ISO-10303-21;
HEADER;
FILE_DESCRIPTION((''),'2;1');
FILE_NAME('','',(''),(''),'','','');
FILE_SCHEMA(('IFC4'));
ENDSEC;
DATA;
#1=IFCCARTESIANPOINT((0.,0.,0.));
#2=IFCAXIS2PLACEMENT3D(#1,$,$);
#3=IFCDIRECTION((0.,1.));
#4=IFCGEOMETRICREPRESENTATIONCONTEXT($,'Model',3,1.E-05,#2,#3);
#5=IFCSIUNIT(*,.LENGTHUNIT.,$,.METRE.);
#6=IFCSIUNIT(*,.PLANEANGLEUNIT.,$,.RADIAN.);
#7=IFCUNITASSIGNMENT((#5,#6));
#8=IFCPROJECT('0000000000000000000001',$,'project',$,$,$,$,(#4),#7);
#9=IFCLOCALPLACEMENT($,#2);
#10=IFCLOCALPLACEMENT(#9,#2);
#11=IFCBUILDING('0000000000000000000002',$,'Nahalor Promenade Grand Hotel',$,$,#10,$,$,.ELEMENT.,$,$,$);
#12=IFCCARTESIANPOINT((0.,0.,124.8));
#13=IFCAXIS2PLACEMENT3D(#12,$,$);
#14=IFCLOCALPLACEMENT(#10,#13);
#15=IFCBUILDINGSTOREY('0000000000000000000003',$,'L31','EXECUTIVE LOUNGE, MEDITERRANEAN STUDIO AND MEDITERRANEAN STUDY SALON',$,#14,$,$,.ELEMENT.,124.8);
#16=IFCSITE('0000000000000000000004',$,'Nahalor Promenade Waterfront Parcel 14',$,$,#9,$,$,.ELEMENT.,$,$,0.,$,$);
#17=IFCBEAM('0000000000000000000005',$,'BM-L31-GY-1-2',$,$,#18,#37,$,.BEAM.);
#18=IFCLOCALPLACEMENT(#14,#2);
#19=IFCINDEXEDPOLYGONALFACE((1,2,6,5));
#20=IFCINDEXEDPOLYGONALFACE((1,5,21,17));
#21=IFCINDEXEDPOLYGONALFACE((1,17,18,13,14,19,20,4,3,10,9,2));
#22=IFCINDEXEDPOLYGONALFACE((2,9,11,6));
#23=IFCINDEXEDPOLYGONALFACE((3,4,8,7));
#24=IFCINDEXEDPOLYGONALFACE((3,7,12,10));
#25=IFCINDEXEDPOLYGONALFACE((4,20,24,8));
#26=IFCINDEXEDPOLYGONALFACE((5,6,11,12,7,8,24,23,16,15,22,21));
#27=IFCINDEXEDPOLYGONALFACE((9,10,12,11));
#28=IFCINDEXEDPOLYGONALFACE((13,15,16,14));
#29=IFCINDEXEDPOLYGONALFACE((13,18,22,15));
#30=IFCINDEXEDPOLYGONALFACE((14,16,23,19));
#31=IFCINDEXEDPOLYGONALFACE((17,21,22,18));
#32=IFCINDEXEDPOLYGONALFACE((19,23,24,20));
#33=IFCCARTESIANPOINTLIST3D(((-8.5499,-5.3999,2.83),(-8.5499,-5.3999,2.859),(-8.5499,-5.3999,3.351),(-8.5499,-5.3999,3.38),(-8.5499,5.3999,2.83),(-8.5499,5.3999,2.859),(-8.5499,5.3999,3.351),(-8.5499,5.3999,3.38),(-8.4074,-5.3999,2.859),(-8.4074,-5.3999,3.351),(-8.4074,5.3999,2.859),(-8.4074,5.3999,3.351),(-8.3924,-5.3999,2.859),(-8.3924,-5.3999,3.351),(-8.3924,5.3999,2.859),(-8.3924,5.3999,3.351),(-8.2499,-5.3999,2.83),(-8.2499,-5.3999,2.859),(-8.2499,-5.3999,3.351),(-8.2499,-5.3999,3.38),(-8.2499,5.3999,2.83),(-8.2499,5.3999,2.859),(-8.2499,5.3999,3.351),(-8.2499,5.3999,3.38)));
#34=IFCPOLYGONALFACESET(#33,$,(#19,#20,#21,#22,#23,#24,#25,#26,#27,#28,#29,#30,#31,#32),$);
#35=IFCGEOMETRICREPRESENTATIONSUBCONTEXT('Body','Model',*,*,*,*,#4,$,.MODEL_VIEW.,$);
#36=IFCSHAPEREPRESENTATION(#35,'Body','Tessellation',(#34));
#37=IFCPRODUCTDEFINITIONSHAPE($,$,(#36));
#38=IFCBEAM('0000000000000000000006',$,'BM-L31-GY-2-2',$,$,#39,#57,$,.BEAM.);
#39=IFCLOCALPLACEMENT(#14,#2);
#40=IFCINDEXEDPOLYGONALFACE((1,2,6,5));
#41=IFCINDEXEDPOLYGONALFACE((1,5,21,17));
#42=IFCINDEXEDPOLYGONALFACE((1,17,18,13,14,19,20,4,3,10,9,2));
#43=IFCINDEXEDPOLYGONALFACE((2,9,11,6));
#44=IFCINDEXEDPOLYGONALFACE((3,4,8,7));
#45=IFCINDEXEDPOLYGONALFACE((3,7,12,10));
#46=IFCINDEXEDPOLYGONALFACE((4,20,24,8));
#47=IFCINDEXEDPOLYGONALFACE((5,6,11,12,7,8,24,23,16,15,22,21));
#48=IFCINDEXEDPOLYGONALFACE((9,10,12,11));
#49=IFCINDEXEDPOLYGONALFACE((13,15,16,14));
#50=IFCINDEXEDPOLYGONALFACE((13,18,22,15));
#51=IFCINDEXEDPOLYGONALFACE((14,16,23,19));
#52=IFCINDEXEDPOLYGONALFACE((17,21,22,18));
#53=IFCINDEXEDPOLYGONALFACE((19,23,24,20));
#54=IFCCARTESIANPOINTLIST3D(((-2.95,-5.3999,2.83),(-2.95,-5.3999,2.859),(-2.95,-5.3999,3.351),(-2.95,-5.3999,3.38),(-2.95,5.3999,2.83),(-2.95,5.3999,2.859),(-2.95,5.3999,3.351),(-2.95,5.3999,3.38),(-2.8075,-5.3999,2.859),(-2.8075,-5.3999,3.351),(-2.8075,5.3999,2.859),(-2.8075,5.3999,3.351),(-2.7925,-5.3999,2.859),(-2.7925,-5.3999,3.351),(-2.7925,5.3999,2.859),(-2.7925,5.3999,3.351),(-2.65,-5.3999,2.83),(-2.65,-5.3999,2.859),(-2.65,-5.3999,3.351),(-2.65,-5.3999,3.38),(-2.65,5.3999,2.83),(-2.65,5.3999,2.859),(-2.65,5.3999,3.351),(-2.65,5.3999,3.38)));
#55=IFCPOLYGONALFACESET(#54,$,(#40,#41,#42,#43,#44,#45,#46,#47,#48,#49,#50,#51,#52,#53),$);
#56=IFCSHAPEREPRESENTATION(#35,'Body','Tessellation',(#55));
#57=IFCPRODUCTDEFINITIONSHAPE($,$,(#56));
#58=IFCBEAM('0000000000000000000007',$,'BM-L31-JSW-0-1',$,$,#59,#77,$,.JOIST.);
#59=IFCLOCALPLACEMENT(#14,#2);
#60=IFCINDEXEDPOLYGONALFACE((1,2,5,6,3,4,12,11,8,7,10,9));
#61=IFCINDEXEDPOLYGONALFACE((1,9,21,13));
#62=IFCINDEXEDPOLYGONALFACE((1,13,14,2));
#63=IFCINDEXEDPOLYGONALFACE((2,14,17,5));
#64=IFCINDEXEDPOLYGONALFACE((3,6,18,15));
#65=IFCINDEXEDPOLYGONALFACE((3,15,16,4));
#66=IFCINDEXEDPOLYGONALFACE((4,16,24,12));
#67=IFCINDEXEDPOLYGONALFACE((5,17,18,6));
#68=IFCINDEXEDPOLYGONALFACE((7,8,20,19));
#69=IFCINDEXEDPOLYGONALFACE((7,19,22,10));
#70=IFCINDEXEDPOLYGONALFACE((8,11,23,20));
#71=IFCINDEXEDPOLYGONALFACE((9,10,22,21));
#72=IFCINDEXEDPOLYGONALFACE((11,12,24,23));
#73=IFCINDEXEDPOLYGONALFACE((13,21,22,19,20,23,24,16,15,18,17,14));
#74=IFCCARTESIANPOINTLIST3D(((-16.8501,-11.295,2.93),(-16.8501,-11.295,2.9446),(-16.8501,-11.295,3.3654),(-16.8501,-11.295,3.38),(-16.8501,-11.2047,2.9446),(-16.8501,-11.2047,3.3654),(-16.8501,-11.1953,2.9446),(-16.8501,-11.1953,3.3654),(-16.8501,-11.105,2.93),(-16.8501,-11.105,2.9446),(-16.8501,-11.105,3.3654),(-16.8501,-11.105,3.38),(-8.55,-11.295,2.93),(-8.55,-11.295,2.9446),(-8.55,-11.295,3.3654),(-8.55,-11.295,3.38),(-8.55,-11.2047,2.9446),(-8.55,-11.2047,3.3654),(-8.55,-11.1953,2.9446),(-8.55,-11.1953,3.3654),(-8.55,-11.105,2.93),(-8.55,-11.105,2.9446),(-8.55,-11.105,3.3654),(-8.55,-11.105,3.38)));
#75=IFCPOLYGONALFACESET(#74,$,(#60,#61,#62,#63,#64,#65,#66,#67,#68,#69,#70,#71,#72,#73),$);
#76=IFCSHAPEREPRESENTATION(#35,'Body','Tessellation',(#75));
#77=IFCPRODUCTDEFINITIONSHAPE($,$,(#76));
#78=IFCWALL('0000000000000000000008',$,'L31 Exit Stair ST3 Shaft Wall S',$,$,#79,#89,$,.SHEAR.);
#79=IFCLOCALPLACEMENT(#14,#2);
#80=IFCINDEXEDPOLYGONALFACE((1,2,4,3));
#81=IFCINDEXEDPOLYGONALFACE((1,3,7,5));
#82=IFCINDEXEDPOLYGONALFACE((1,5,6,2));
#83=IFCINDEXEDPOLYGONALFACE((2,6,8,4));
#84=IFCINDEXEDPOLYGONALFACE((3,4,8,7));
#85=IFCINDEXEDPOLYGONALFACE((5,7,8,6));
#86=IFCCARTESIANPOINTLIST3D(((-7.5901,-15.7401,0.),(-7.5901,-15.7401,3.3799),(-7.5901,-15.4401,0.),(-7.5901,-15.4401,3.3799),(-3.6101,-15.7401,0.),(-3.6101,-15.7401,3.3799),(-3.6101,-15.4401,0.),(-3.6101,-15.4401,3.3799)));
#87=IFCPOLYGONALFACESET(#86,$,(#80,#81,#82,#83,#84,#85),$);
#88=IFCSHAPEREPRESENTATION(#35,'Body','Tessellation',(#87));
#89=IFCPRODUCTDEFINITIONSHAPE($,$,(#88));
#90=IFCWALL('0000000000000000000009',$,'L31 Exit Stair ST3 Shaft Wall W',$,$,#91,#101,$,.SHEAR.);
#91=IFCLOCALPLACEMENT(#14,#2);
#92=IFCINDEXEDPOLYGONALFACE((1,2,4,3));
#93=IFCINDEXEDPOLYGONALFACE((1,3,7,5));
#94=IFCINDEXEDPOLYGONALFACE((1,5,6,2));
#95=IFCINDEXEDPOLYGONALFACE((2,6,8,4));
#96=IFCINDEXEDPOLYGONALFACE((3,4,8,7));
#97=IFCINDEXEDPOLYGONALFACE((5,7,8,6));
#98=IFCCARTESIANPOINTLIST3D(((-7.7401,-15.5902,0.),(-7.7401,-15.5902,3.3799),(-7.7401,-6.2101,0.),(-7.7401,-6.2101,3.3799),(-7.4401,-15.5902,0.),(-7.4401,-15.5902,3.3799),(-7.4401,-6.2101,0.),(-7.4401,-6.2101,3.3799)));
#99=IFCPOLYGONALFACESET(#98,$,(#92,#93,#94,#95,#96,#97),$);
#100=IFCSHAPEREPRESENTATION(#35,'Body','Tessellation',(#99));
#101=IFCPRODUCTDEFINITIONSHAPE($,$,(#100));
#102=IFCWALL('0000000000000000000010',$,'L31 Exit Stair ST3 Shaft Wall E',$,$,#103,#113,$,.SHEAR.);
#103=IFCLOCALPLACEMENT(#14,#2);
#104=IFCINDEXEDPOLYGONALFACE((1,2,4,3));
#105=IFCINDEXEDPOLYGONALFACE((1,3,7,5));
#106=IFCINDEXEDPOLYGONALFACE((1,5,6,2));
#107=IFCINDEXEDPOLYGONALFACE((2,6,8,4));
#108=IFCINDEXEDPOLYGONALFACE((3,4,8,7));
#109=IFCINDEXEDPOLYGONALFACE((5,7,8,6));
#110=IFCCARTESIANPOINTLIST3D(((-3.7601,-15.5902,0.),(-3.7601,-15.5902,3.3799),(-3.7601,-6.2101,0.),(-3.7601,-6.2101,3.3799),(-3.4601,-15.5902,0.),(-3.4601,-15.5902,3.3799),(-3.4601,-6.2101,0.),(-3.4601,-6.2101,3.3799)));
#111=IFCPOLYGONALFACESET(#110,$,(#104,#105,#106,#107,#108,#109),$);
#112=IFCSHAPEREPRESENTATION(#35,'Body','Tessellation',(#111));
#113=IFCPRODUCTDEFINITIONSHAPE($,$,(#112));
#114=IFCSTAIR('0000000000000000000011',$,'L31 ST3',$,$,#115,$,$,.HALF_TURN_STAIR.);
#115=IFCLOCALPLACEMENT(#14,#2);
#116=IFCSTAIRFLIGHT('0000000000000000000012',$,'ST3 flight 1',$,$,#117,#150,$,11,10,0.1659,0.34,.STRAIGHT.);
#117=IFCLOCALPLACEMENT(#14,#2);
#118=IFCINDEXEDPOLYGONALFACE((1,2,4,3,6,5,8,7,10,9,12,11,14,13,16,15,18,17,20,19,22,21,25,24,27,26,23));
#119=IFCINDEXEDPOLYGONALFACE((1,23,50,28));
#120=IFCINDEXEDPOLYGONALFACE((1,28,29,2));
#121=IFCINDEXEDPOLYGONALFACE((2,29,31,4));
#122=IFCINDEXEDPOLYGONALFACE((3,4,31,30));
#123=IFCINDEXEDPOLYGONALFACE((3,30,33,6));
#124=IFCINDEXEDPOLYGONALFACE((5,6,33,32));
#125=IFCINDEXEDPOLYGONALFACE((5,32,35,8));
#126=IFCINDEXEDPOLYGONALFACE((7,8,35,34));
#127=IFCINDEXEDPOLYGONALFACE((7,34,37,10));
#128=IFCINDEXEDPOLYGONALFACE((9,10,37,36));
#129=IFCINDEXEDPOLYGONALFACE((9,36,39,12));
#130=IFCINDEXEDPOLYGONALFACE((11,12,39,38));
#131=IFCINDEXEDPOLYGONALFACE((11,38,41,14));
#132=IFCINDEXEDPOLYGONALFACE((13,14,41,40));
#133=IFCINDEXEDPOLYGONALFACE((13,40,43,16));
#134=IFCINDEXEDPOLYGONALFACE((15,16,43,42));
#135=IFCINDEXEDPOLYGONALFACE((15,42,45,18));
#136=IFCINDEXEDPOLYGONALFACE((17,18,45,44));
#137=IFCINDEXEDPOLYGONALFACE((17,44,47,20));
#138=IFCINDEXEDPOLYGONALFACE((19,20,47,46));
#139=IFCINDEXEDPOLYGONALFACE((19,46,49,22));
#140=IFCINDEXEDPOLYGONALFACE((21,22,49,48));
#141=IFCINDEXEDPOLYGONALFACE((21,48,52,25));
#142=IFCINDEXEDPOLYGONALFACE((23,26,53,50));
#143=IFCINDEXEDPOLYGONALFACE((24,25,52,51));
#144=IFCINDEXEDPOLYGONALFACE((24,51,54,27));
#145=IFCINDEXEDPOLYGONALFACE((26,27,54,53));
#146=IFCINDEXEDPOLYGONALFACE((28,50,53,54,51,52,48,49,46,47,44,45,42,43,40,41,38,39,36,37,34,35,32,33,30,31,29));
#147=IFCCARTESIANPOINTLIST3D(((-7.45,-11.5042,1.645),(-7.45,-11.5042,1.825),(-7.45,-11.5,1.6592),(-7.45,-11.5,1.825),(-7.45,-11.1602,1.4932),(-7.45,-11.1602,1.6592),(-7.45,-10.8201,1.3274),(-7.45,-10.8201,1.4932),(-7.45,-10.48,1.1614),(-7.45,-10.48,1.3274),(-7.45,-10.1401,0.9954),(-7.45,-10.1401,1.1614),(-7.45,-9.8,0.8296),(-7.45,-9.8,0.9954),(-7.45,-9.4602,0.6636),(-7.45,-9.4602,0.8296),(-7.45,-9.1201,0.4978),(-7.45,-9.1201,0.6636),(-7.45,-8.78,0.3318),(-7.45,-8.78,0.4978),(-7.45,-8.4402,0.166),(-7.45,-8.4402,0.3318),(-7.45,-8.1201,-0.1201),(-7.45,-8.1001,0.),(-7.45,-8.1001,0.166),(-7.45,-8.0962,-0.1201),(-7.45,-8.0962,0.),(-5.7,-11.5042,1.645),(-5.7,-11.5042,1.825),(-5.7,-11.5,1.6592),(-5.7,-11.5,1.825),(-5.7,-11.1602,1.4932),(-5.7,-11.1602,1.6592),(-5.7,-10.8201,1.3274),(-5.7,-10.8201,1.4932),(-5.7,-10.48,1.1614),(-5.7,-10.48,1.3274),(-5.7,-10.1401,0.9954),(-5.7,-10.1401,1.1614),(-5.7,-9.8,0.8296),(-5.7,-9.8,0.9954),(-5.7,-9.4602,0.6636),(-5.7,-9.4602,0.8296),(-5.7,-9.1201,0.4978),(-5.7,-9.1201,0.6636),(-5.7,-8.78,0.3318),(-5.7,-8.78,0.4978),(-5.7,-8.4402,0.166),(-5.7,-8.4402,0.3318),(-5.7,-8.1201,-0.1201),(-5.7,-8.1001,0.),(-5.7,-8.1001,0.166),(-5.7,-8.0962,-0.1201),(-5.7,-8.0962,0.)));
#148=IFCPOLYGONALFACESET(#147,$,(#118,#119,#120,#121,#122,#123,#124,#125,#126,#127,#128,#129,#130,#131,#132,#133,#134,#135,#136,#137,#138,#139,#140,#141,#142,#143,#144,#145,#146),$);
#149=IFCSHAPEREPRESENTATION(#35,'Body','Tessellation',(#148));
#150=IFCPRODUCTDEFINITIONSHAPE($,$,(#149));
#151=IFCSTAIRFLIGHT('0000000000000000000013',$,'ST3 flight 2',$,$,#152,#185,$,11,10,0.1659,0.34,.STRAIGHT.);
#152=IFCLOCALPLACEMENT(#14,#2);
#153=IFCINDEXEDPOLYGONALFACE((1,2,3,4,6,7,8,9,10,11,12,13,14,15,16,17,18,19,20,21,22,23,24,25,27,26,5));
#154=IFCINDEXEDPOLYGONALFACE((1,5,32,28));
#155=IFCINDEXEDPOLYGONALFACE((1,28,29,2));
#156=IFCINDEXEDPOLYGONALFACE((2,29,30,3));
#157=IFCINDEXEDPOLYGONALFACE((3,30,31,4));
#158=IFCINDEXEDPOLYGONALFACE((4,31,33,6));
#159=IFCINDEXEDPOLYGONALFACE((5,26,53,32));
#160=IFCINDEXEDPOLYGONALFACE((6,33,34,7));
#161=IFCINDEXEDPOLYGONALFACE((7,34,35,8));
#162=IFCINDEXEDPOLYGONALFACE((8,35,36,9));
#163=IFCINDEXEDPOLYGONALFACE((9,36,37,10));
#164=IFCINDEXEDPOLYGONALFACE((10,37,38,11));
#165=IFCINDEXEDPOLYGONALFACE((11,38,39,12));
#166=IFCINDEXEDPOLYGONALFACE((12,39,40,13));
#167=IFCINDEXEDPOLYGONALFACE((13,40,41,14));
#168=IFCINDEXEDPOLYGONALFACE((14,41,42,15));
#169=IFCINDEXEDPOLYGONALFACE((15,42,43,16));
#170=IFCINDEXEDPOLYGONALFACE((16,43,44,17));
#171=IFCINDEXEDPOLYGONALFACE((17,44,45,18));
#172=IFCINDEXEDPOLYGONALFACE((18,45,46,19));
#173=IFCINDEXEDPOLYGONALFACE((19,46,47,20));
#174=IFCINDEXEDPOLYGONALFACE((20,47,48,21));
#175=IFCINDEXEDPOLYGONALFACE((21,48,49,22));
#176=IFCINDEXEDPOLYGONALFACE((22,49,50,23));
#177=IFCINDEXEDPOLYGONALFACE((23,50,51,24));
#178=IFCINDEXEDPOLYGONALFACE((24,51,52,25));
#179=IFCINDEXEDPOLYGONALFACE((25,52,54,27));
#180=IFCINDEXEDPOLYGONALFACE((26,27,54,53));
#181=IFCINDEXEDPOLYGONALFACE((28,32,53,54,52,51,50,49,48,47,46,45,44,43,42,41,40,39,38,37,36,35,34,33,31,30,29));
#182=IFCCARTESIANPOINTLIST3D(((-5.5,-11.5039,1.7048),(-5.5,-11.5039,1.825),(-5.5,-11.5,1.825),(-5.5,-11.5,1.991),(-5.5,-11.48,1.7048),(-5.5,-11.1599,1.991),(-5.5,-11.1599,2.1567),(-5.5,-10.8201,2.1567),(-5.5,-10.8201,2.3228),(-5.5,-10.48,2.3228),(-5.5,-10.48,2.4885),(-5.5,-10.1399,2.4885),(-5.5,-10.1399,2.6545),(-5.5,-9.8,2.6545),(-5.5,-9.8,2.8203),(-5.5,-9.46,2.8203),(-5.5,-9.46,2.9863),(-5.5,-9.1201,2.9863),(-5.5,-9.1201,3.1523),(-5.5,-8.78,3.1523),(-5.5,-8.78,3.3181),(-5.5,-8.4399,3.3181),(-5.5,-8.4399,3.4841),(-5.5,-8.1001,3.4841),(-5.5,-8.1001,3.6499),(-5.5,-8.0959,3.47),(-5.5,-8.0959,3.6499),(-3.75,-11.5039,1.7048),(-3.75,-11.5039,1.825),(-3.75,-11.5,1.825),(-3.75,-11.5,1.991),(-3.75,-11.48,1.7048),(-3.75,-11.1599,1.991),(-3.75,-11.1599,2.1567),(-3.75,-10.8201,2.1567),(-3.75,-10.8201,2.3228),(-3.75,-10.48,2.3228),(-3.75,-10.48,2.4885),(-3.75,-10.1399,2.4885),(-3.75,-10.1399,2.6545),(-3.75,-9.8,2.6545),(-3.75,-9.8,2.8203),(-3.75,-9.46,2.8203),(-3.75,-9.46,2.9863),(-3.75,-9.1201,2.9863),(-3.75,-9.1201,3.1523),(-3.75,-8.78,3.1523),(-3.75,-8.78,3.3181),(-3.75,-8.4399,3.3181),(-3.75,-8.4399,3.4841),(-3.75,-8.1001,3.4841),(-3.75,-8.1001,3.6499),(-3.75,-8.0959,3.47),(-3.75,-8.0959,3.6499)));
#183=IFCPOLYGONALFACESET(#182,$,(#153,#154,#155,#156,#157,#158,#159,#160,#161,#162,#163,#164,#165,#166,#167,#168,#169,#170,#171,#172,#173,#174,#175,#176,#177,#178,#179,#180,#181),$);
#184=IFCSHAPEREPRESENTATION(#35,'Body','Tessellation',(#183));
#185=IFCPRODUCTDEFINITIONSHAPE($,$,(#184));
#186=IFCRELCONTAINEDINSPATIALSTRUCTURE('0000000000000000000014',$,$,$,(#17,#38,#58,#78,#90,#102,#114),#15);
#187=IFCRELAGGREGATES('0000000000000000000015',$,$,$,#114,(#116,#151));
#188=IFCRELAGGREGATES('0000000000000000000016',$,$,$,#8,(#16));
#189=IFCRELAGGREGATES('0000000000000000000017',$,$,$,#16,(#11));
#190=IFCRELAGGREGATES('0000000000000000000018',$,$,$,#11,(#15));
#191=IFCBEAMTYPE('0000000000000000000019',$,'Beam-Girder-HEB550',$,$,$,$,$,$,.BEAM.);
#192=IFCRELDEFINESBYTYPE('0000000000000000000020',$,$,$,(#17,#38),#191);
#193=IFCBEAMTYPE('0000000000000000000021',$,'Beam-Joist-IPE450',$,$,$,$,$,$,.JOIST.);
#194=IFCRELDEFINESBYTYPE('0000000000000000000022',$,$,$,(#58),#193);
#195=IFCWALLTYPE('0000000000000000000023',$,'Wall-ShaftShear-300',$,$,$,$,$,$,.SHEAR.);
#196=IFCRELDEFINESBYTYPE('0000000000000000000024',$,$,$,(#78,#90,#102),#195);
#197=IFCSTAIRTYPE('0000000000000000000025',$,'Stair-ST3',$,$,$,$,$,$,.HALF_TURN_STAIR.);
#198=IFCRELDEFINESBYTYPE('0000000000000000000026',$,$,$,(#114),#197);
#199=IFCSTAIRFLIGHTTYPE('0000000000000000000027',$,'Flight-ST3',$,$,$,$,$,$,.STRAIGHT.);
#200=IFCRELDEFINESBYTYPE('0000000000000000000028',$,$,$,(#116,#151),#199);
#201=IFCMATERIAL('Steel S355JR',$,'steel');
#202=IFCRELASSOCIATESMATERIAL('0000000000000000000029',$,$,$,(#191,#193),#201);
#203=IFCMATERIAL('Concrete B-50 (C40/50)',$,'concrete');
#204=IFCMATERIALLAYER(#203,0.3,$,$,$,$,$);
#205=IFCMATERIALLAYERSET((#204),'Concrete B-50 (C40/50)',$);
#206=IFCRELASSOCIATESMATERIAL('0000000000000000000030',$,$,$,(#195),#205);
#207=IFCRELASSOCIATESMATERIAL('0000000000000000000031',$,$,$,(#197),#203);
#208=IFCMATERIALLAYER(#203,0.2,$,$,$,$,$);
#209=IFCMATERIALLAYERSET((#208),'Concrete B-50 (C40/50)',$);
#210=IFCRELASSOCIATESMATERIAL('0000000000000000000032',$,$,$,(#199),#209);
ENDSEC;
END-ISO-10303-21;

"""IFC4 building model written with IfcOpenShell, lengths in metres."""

from ifc_helpers import new_model, si_unit, direction, frame, frame_2d, origin, origin_2d, place, context, subcontext, project, spatial, polyline, rectangle, i_section, outline, extrude, source, transform, mapped, material, layer, layer_set, material_profile, profile_set, type_object, element, aggregate, save


model = new_model("IFC4")

# Units and contexts
model_context = context("Model", 3, precision=1e-05, world=origin(), true_north=direction((0.0, 1.0)))
body_context = subcontext(model_context, "Body", "Model", "MODEL_VIEW")
ifc_project = project(units=[si_unit("LENGTHUNIT", "METRE"), si_unit("PLANEANGLEUNIT", "RADIAN")], contexts=[model_context])

# Site, building, storey
site_placement = place(None, origin())
site = spatial("IfcSite", under=ifc_project, at=site_placement, Name="Nahalor Promenade Waterfront Parcel 14", CompositionType="ELEMENT", RefElevation=0.0)
building_placement = place(site_placement, origin())
building = spatial("IfcBuilding", under=site, at=building_placement, Name="Nahalor Promenade Grand Hotel", CompositionType="ELEMENT")
storey_placement = place(building_placement, frame((0.0, 0.0, 124.8)))
storey = spatial("IfcBuildingStorey", under=building, at=storey_placement, Name="L31", Description="EXECUTIVE LOUNGE, MEDITERRANEAN STUDIO AND MEDITERRANEAN STUDY SALON", CompositionType="ELEMENT", Elevation=124.8)

# Beams
ifc_material_1 = material(Name="Steel S355JR", Category="steel")
ifc_material_profile_1 = material_profile(ifc_material_1, i_section(OverallWidth=0.3, OverallDepth=0.55, WebThickness=0.015, FlangeThickness=0.029, at=origin_2d()), Name="HEB 550")
ifc_profile_set_1 = profile_set([ifc_material_profile_1], Name="Steel S355JR")
beam_type_1 = type_object("IfcBeamType", Name="Beam-Girder-HEB550", PredefinedType="BEAM", material=ifc_profile_set_1)
shared_shape_1 = source(origin(), body_context, "Body", "SweptSolid", [
    extrude(i_section(OverallWidth=0.3, OverallDepth=0.55, WebThickness=0.015, FlangeThickness=0.029, at=origin_2d()), origin(), (0.0, 0.0, 1.0), 10.7998),
])
for number, where, z_axis, x_axis, name in (
    (1, (-8.3999, -5.3999, 3.105), (0.0, 1.0, 0.0), (-1.0, 0.0, 0.0), "BM-L31-GY-1-2"),
    (2, (-2.8, -5.3999, 3.105), (0.0, 1.0, 0.0), (-1.0, 0.0, 0.0), "BM-L31-GY-2-2"),
):
    element("IfcBeam", number, at=place(storey_placement, frame(where, z_axis=z_axis, x_axis=x_axis)), inside=storey, type_object=beam_type_1, Name=name, PredefinedType="BEAM", context=body_context, shape_type="MappedRepresentation", body=[
        mapped(shared_shape_1, transform((0.0, 0.0, 0.0), scale=1.0)),
    ])
ifc_material_profile_2 = material_profile(ifc_material_1, i_section(OverallWidth=0.19, OverallDepth=0.45, WebThickness=0.0094, FlangeThickness=0.0146, at=origin_2d()), Name="IPE 450")
ifc_profile_set_2 = profile_set([ifc_material_profile_2], Name="Steel S355JR")
beam_type_2 = type_object("IfcBeamType", Name="Beam-Joist-IPE450", PredefinedType="JOIST", material=ifc_profile_set_2)
shared_shape_2 = source(origin(), body_context, "Body", "SweptSolid", [
    extrude(i_section(OverallWidth=0.19, OverallDepth=0.45, WebThickness=0.0094, FlangeThickness=0.0146, at=origin_2d()), origin(), (0.0, 0.0, 1.0), 8.3),
])
beam_placement = place(storey_placement, frame((-16.8501, -11.2, 3.155), z_axis=(1.0, 0.0, 0.0), x_axis=(0.0, 1.0, 0.0)))
element("IfcBeam", 3, at=beam_placement, inside=storey, type_object=beam_type_2, Name="BM-L31-JSW-0-1", PredefinedType="JOIST", context=body_context, shape_type="MappedRepresentation", body=[
    mapped(shared_shape_2, transform((0.0, 0.0, 0.0), scale=1.0)),
])

# Wall
ifc_material_2 = material(Name="Concrete B-50 (C40/50)", Category="concrete")
ifc_layer_1 = layer(ifc_material_2, 0.3)
ifc_layer_set_1 = layer_set([ifc_layer_1], Name="Concrete B-50 (C40/50)")
wall_type = type_object("IfcWallType", Name="Wall-ShaftShear-300", PredefinedType="SHEAR", material=ifc_layer_set_1)
shared_shape_3 = source(origin(), body_context, "Body", "SweptSolid", [
    extrude(rectangle(XDim=3.98, YDim=0.3, at=frame_2d((1.99, 0.0))), origin(), (0.0, 0.0, 1.0), 3.3799),
])
wall_1_placement = place(storey_placement, frame((-7.5901, -15.5901, 0.0), z_axis=(0.0, 0.0, 1.0), x_axis=(1.0, 0.0, 0.0)))
element("IfcWall", 4, at=wall_1_placement, inside=storey, type_object=wall_type, Name="L31 Exit Stair ST3 Shaft Wall S", PredefinedType="SHEAR", context=body_context, shape_type="MappedRepresentation", body=[
    mapped(shared_shape_3, transform((0.0, 0.0, 0.0), scale=1.0)),
])

# Walls
shared_shape_4 = source(origin(), body_context, "Body", "SweptSolid", [
    extrude(rectangle(XDim=9.3801, YDim=0.3, at=frame_2d((4.6899, 0.0))), origin(), (0.0, 0.0, 1.0), 3.3799),
])
for number, where, z_axis, x_axis, name in (
    (5, (-7.5901, -15.5901, 0.0), (0.0, 0.0, 1.0), (0.0, 1.0, 0.0), "L31 Exit Stair ST3 Shaft Wall W"),
    (6, (-3.6101, -15.5901, 0.0), (0.0, 0.0, 1.0), (0.0, 1.0, 0.0), "L31 Exit Stair ST3 Shaft Wall E"),
):
    element("IfcWall", number, at=place(storey_placement, frame(where, z_axis=z_axis, x_axis=x_axis)), inside=storey, type_object=wall_type, Name=name, PredefinedType="SHEAR", context=body_context, shape_type="MappedRepresentation", body=[
        mapped(shared_shape_4, transform((0.0, 0.0, 0.0), scale=1.0)),
    ])

# Stair, stair flights
stair_type = type_object("IfcStairType", Name="Stair-ST3", PredefinedType="HALF_TURN_STAIR", material=ifc_material_2)
stair_placement = place(storey_placement, origin())
stair = element("IfcStair", 7, at=stair_placement, inside=storey, type_object=stair_type, Name="L31 ST3", PredefinedType="HALF_TURN_STAIR")
ifc_layer_2 = layer(ifc_material_2, 0.2)
ifc_layer_set_2 = layer_set([ifc_layer_2], Name="Concrete B-50 (C40/50)")
stair_flight_type = type_object("IfcStairFlightType", Name="Flight-ST3", PredefinedType="STRAIGHT", material=ifc_layer_set_2)
shared_shape_5 = source(origin(), body_context, "Body", "SweptSolid", [
    extrude(outline(polyline([(-0.0039, -0.1201), (-0.0039, 0.0), (0.0, 0.0), (0.0, 0.166), (0.3401, 0.166), (0.3401, 0.3318), (0.6799, 0.3318), (0.6799, 0.4978), (1.02, 0.4978), (1.02, 0.6636), (1.3601, 0.6636), (1.3601, 0.8296), (1.7, 0.8296), (1.7, 0.9954), (2.04, 0.9954), (2.04, 1.1614), (2.3799, 1.1614), (2.3799, 1.3274), (2.72, 1.3274), (2.72, 1.4932), (3.0601, 1.4932), (3.0601, 1.6592), (3.3999, 1.6592), (3.3999, 1.825), (3.4041, 1.825), (3.4041, 1.645), (0.02, -0.1201), (-0.0039, -0.1201)])), frame((0.0, 0.875, 0.0), z_axis=(0.0, -1.0, 0.0), x_axis=(1.0, 0.0, 0.0)), (0.0, 0.0, 1.0), 1.75),
])
stair_flight_1_placement = place(storey_placement, frame((-6.575, -8.1001, 0.0), z_axis=(0.0, 0.0, 1.0), x_axis=(0.0, -1.0, 0.0)))
stair_flight_1 = element("IfcStairFlight", 8, at=stair_flight_1_placement, type_object=stair_flight_type, Name="ST3 flight 1", NumberOfRisers=11, NumberOfTreads=10, PredefinedType="STRAIGHT", RiserHeight=0.1659, TreadLength=0.34, context=body_context, shape_type="MappedRepresentation", body=[
    mapped(shared_shape_5, transform((0.0, 0.0, 0.0), scale=1.0)),
])
stair_flight_2_placement = place(storey_placement, frame((-4.625, -11.5, 1.825), z_axis=(0.0, 0.0, 1.0), x_axis=(0.0, 1.0, 0.0)))
stair_flight_2 = element("IfcStairFlight", 9, at=stair_flight_2_placement, type_object=stair_flight_type, Name="ST3 flight 2", NumberOfRisers=11, NumberOfTreads=10, PredefinedType="STRAIGHT", RiserHeight=0.1659, TreadLength=0.34, context=body_context, shape_type="MappedRepresentation", body=[
    mapped(shared_shape_5, transform((0.0, 0.0, 0.0), scale=1.0)),
])
aggregate(stair, [stair_flight_1, stair_flight_2])

save(model, "model.ifc")
